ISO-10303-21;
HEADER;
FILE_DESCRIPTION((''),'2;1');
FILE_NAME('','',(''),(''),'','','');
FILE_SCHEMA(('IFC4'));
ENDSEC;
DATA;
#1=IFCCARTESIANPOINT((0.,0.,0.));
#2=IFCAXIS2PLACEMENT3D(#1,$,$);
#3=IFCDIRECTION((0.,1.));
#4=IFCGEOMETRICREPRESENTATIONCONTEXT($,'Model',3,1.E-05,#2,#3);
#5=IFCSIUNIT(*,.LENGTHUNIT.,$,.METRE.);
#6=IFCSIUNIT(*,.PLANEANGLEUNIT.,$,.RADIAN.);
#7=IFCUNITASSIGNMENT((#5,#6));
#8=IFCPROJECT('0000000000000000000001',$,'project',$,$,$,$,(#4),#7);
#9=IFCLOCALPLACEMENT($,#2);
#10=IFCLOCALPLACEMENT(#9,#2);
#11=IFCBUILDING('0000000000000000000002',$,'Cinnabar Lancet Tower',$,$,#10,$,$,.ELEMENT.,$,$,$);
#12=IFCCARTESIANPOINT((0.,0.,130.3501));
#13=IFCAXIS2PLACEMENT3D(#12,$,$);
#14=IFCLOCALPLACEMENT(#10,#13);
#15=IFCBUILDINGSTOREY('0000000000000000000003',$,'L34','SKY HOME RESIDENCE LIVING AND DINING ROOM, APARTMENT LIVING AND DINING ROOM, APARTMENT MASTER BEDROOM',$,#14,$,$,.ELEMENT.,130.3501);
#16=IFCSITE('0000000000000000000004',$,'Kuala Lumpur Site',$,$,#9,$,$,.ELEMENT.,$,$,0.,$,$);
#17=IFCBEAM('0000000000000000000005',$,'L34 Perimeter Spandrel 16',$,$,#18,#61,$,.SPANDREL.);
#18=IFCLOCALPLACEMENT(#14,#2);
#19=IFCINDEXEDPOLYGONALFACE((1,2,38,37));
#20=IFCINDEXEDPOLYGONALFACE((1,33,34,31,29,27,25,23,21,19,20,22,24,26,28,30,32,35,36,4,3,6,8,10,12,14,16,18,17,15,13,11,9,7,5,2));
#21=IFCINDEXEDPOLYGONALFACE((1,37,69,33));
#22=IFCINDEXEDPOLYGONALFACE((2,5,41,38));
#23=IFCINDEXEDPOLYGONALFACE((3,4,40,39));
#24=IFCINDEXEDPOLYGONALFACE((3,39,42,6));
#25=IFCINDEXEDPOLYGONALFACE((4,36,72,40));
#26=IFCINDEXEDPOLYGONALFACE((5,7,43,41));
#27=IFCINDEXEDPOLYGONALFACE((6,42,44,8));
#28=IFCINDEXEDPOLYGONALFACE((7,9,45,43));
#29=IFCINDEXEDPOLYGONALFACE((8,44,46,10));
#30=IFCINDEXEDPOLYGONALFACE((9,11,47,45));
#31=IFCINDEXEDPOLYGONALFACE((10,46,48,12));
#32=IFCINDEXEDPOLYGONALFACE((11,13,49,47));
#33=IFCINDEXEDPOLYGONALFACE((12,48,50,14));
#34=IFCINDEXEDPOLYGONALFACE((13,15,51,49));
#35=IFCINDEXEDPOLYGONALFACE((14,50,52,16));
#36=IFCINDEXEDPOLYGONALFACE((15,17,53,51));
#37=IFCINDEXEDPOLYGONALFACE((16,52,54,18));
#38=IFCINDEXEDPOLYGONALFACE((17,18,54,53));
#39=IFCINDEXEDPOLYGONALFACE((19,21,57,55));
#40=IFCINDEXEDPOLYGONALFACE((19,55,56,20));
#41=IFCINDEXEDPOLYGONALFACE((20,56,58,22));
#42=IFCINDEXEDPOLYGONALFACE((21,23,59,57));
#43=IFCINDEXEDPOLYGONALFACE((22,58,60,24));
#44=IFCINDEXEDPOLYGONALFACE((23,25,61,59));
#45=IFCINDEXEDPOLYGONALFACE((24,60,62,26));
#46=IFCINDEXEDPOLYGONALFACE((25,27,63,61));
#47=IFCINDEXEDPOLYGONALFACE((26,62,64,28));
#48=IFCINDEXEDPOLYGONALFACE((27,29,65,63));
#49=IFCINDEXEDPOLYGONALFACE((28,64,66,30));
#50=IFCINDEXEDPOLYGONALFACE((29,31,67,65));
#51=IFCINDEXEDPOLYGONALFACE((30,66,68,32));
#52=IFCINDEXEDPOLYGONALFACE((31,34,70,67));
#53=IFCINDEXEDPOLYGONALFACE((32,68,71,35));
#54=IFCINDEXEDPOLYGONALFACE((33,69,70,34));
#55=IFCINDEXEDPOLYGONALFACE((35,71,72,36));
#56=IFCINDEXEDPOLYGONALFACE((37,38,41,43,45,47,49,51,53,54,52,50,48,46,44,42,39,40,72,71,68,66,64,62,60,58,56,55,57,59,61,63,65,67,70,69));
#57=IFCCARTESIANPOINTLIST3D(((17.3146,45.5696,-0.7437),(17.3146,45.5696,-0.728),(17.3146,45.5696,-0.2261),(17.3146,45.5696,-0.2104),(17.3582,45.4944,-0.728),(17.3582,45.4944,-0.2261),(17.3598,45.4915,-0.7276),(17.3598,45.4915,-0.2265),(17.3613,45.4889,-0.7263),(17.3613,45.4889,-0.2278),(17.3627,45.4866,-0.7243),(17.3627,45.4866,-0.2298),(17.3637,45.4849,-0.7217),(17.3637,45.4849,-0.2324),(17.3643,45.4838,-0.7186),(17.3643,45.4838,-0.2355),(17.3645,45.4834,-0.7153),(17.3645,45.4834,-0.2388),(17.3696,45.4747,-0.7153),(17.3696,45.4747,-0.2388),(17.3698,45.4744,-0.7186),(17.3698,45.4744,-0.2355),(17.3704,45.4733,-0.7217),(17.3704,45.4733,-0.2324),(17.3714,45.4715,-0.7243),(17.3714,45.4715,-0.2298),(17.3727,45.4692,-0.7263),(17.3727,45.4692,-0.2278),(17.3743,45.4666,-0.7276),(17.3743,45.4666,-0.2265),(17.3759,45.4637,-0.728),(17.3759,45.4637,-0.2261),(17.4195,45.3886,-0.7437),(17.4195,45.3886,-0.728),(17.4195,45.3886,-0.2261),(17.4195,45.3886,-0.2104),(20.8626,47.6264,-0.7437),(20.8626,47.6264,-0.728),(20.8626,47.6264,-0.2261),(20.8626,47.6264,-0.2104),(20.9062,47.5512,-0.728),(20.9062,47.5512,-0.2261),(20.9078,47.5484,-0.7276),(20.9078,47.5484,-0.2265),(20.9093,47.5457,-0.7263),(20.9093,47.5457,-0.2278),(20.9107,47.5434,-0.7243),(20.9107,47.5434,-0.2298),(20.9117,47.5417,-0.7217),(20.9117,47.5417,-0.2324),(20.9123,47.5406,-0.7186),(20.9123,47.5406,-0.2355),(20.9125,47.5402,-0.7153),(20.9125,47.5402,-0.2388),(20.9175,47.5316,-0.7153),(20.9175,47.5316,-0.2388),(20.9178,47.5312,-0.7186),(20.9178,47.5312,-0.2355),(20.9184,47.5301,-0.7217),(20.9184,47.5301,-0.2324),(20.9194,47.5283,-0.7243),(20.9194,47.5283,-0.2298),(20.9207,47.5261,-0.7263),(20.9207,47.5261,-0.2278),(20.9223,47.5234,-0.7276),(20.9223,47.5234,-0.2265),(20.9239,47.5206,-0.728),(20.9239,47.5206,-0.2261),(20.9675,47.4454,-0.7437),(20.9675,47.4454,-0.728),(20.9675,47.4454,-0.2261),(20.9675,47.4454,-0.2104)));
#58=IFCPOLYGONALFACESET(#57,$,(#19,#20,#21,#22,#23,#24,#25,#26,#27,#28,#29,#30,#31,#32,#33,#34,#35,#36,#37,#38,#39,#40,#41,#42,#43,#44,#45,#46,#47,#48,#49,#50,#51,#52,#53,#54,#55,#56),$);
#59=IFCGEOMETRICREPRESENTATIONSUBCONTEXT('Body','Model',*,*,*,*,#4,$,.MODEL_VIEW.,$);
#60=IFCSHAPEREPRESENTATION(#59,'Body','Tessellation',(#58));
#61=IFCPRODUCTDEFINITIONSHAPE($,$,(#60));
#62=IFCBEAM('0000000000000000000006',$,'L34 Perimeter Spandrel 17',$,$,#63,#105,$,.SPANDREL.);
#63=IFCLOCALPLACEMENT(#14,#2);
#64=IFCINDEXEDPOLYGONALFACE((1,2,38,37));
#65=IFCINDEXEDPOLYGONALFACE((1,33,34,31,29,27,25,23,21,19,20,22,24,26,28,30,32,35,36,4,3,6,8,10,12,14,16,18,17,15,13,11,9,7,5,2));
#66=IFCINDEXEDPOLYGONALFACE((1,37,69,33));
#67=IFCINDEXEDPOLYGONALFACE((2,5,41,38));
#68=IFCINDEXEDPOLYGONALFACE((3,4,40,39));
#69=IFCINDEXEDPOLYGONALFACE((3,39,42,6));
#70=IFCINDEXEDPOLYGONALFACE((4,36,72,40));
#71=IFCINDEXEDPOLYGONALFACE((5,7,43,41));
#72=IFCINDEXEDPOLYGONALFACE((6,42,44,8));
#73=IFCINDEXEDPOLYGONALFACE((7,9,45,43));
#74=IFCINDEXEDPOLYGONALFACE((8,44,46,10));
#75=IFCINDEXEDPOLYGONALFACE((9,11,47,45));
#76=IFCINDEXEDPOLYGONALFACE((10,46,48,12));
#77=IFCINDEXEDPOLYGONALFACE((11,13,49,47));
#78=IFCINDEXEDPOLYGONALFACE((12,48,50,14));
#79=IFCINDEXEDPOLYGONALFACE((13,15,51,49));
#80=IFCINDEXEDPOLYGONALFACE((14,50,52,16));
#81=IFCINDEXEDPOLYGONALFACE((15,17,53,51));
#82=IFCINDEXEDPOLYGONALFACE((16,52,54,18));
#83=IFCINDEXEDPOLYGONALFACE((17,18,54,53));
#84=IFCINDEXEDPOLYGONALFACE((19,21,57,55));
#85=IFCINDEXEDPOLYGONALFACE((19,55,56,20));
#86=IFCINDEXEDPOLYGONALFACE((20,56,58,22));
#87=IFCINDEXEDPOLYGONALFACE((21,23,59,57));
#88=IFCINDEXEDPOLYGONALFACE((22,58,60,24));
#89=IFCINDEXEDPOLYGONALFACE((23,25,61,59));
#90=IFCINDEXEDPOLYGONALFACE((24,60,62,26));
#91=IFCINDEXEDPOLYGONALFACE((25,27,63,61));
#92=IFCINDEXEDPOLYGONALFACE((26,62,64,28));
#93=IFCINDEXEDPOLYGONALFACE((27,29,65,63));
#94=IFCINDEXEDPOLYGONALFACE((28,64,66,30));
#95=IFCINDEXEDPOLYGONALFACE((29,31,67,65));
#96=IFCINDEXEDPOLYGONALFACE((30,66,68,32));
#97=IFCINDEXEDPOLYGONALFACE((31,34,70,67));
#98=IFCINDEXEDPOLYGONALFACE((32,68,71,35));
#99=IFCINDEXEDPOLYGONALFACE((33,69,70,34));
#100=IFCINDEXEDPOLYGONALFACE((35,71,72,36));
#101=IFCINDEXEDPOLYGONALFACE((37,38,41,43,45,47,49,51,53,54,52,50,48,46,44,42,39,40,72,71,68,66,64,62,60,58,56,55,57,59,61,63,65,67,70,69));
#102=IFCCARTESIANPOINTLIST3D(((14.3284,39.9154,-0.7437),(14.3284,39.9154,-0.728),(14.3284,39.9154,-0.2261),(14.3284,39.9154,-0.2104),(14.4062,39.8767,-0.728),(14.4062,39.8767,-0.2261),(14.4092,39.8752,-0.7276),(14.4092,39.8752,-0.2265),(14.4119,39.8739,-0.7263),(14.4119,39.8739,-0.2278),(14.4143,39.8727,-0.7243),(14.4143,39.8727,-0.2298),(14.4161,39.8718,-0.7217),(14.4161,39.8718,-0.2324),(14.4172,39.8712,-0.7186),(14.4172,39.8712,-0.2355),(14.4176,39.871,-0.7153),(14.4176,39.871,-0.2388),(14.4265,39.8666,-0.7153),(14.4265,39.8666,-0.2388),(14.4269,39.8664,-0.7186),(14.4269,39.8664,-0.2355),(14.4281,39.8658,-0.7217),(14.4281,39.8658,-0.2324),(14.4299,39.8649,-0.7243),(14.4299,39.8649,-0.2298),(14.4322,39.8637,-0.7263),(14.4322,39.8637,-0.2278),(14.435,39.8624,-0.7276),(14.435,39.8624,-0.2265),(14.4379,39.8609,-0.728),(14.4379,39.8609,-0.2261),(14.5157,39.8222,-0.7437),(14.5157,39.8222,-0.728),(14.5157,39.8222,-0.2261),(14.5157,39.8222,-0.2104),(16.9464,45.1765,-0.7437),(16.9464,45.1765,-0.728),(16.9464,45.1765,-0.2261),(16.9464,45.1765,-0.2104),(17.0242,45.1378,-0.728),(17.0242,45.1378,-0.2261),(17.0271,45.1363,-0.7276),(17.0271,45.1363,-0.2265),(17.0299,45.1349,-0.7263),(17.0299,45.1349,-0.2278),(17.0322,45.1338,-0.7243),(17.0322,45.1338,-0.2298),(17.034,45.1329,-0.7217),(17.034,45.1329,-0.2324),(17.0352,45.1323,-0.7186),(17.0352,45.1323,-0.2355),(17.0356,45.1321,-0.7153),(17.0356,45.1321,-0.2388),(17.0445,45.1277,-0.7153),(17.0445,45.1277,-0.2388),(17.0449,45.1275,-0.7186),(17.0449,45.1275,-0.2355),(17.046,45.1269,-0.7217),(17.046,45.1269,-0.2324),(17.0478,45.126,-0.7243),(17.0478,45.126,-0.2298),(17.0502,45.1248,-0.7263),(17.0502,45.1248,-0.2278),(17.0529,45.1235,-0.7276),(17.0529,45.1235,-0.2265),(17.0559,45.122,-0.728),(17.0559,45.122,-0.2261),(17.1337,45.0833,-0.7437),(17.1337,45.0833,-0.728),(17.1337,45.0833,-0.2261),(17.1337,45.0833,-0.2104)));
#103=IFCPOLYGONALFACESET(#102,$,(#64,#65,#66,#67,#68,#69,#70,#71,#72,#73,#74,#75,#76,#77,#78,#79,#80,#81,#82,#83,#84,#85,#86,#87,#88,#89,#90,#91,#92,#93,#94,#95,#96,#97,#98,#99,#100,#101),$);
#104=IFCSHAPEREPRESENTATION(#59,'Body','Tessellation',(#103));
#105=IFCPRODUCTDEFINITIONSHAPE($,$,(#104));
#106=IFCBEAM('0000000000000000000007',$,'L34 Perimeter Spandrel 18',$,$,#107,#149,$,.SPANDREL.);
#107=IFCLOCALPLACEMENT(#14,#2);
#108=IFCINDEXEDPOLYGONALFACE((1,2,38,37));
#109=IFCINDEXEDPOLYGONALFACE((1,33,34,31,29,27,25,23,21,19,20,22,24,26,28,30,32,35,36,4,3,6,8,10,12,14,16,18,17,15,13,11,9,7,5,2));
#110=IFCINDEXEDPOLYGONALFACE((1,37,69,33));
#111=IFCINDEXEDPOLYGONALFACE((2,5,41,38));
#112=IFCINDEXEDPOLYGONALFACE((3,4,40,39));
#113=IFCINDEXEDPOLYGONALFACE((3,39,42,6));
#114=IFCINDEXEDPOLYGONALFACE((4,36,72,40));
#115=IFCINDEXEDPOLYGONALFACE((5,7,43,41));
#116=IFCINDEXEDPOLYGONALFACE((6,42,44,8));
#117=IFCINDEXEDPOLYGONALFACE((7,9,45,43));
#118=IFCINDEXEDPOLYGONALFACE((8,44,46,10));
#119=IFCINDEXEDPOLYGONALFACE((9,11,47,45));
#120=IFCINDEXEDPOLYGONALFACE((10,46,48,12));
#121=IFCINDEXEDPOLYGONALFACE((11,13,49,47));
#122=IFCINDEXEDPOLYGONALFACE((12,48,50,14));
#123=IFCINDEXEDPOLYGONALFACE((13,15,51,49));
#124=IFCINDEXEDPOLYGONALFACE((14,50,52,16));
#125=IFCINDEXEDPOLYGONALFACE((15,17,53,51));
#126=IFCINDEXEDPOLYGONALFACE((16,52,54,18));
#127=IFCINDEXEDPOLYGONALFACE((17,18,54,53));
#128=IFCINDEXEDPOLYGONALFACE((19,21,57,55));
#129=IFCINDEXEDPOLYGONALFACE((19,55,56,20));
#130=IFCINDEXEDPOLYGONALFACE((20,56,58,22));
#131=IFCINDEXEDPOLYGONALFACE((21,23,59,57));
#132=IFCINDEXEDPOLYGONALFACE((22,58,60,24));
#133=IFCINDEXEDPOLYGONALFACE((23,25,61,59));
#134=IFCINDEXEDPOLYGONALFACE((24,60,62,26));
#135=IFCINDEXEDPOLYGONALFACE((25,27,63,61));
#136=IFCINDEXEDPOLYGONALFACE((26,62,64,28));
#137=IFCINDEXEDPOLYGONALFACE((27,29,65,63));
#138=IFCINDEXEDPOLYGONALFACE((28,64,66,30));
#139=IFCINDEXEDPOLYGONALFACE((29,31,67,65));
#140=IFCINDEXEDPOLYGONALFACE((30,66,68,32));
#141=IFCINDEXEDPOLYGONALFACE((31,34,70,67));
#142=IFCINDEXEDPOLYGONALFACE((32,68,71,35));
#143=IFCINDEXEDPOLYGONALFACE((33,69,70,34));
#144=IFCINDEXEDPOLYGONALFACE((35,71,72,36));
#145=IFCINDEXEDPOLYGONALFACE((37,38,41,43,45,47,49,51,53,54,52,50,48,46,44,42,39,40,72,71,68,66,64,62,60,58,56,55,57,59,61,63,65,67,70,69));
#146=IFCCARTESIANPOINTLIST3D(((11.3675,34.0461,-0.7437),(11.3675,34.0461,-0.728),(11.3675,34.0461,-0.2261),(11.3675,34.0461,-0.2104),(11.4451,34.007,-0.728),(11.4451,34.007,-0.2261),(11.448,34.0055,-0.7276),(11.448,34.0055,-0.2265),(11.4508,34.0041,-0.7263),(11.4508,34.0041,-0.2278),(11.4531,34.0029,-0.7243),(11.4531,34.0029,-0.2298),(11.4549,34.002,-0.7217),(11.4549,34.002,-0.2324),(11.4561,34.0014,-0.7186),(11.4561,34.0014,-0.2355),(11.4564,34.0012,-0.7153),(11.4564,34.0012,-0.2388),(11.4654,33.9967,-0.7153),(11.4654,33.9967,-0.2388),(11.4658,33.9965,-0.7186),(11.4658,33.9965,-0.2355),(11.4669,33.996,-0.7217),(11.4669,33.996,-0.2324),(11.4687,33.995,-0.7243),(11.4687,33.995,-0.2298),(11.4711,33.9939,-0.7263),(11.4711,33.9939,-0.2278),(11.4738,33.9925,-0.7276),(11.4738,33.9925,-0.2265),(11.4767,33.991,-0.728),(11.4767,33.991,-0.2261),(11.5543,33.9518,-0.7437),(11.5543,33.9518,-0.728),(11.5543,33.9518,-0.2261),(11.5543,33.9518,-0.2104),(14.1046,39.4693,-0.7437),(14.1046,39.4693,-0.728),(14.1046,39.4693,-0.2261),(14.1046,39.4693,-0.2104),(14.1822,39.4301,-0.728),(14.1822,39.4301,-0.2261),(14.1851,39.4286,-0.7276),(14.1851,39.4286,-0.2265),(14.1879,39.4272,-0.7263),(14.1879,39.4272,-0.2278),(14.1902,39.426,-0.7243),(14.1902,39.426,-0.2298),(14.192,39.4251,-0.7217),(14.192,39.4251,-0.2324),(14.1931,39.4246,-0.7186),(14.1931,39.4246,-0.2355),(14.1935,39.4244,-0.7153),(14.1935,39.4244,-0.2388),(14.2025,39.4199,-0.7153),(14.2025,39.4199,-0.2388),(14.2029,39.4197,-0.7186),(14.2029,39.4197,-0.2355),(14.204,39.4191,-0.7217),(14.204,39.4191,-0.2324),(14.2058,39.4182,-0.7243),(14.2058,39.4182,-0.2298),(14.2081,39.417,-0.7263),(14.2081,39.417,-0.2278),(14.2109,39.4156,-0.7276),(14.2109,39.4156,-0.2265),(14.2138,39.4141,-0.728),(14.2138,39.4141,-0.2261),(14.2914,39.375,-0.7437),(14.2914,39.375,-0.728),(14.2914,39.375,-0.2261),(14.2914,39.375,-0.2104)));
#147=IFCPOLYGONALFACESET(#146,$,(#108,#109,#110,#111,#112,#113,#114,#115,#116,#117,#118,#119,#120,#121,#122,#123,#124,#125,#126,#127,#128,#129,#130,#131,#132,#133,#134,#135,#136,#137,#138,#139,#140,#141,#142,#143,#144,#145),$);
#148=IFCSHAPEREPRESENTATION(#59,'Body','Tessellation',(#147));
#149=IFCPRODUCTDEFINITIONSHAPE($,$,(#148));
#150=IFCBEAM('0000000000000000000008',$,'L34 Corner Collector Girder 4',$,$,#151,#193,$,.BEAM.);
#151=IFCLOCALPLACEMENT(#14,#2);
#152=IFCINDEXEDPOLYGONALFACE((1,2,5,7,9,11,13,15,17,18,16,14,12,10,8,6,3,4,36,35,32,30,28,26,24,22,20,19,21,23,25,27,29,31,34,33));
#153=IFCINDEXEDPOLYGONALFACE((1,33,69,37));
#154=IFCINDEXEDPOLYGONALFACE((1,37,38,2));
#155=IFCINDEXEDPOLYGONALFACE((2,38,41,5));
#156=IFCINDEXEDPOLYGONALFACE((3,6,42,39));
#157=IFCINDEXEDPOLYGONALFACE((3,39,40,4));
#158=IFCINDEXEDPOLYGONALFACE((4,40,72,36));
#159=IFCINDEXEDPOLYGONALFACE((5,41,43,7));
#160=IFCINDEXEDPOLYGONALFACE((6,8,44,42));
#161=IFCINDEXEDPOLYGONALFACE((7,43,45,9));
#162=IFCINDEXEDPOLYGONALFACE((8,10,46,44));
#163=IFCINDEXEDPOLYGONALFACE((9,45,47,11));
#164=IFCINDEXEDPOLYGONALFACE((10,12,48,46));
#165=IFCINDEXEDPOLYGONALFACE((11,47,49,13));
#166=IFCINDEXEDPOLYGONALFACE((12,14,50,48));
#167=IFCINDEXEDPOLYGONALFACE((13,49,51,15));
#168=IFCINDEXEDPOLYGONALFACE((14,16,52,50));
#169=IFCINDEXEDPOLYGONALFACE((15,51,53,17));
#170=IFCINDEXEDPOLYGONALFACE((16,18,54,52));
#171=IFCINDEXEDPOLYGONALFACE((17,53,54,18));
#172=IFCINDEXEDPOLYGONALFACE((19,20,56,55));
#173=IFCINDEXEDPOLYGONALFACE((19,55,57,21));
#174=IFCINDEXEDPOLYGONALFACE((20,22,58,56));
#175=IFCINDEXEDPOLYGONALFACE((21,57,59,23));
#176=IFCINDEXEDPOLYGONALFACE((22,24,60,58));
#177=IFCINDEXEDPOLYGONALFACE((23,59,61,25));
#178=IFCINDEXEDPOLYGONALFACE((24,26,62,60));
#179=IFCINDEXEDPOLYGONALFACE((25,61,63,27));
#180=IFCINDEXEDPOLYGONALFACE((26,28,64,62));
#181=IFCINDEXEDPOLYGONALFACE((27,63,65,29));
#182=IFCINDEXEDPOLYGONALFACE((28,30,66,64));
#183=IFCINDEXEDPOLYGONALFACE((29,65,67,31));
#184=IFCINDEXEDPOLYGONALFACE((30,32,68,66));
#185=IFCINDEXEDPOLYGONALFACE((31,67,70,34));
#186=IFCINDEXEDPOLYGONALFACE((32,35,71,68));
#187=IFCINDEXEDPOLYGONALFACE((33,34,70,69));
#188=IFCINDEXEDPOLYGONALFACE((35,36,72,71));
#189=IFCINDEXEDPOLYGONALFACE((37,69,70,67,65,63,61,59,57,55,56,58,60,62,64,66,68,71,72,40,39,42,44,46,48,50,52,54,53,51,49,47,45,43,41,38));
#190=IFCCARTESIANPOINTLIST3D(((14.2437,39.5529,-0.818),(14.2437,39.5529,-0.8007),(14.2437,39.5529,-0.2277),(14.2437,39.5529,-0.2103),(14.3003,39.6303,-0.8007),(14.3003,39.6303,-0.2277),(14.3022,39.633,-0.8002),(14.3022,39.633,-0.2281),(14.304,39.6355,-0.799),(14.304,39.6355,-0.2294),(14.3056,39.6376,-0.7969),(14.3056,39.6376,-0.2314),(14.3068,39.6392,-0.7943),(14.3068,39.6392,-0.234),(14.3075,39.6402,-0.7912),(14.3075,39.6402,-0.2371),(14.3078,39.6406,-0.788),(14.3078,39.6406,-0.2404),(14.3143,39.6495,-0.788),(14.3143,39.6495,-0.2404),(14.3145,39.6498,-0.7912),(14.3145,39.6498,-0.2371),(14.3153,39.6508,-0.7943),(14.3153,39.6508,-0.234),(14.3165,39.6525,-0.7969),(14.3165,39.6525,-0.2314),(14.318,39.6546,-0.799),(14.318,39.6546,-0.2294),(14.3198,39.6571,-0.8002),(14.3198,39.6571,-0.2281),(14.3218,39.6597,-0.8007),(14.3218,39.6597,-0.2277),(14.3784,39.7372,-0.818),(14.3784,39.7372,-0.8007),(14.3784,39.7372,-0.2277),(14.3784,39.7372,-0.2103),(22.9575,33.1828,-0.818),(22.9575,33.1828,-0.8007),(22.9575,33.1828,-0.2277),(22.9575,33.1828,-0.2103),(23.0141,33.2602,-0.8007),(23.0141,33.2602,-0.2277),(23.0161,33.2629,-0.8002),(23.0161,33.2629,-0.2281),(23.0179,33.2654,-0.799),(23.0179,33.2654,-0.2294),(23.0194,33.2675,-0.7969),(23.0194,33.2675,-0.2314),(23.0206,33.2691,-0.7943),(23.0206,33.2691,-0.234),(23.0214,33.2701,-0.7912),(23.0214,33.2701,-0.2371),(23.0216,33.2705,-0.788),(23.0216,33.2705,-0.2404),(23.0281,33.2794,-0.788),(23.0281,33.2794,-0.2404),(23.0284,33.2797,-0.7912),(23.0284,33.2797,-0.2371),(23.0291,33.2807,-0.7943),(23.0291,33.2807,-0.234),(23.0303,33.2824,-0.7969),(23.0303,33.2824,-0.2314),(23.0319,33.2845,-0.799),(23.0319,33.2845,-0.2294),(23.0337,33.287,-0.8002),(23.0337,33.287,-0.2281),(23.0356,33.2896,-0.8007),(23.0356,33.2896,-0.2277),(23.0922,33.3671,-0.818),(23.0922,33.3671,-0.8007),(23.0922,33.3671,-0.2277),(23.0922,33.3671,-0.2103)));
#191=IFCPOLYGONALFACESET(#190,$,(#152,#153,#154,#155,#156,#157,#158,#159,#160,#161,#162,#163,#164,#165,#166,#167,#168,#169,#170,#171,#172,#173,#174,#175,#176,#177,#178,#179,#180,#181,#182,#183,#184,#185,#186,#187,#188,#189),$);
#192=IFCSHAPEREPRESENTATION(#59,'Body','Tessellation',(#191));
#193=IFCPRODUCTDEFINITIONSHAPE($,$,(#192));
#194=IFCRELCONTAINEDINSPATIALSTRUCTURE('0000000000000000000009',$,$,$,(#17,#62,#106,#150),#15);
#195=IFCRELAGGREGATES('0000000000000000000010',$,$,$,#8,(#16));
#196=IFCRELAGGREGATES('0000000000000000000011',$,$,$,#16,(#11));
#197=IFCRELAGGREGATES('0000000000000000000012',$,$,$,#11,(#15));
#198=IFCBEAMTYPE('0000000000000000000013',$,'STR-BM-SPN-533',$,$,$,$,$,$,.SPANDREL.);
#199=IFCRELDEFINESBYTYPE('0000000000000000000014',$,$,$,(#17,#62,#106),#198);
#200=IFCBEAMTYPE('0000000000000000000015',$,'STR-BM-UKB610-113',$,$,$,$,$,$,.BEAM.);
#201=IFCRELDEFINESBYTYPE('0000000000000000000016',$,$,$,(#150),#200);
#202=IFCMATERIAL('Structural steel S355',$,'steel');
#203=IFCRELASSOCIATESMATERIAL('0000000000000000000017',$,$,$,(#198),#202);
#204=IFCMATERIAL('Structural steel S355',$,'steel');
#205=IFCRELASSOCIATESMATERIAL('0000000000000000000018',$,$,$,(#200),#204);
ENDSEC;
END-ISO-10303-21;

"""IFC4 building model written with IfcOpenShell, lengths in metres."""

from ifc_helpers import new_model, si_unit, direction, frame, origin, origin_2d, place, context, subcontext, project, spatial, i_section, extrude, material, material_profile, profile_set, type_object, element, save


model = new_model("IFC4")

# Units and contexts
model_context = context("Model", 3, precision=1e-05, world=origin(), true_north=direction((0.0, 1.0)))
body_context = subcontext(model_context, "Body", "Model", "MODEL_VIEW")
ifc_project = project(units=[si_unit("LENGTHUNIT", "METRE"), si_unit("PLANEANGLEUNIT", "RADIAN")], contexts=[model_context])

# Site, building, storey
site_placement = place(None, origin())
site = spatial("IfcSite", under=ifc_project, at=site_placement, Name="Kuala Lumpur Site", CompositionType="ELEMENT", RefElevation=0.0)
building_placement = place(site_placement, origin())
building = spatial("IfcBuilding", under=site, at=building_placement, Name="Cinnabar Lancet Tower", CompositionType="ELEMENT")
storey_placement = place(building_placement, frame((0.0, 0.0, 130.3501)))
storey = spatial("IfcBuildingStorey", under=building, at=storey_placement, Name="L34", Description="SKY HOME RESIDENCE LIVING AND DINING ROOM, APARTMENT LIVING AND DINING ROOM, APARTMENT MASTER BEDROOM", CompositionType="ELEMENT", Elevation=130.3501)

# Beams
ifc_material_1 = material(Name="Structural steel S355", Category="steel")
ifc_material_profile_1 = material_profile(ifc_material_1, i_section(OverallWidth=0.2092, OverallDepth=0.5332, WebThickness=0.01, FlangeThickness=0.0156, FilletRadius=0.0127, at=origin_2d()), Name="UKB 533x210x92")
ifc_profile_set_1 = profile_set([ifc_material_profile_1], Name="Structural steel S355")
beam_type_1 = type_object("IfcBeamType", Name="STR-BM-SPN-533", PredefinedType="SPANDREL", material=ifc_profile_set_1)
beam_1_placement = place(storey_placement, frame((20.915, 47.5359, -0.4771), z_axis=(-0.865138, -0.501534, 0.0), x_axis=(0.501534, -0.865138, 0.0)))
element("IfcBeam", 1, at=beam_1_placement, inside=storey, type_object=beam_type_1, Name="L34 Perimeter Spandrel 16", PredefinedType="SPANDREL", context=body_context, shape_type="SweptSolid", body=[
    extrude(i_section(OverallWidth=0.2092, OverallDepth=0.5332, WebThickness=0.01, FlangeThickness=0.0156, FilletRadius=0.0127, at=origin_2d()), origin(), (0.0, 0.0, 1.0), 4.1011),
])
beam_2_placement = place(storey_placement, frame((17.04, 45.1299, -0.4771), z_axis=(-0.445501, -0.895281, 0.0), x_axis=(0.895281, -0.445501, 0.0)))
element("IfcBeam", 2, at=beam_2_placement, inside=storey, type_object=beam_type_1, Name="L34 Perimeter Spandrel 17", PredefinedType="SPANDREL", context=body_context, shape_type="SweptSolid", body=[
    extrude(i_section(OverallWidth=0.2092, OverallDepth=0.5332, WebThickness=0.01, FlangeThickness=0.0156, FilletRadius=0.0127, at=origin_2d()), origin(), (0.0, 0.0, 1.0), 5.8765),
])
beam_3_placement = place(storey_placement, frame((14.198, 39.4221, -0.4771), z_axis=(-0.45057, -0.892741, 0.0), x_axis=(0.892741, -0.45057, 0.0)))
element("IfcBeam", 3, at=beam_3_placement, inside=storey, type_object=beam_type_1, Name="L34 Perimeter Spandrel 18", PredefinedType="SPANDREL", context=body_context, shape_type="SweptSolid", body=[
    extrude(i_section(OverallWidth=0.2092, OverallDepth=0.5332, WebThickness=0.01, FlangeThickness=0.0156, FilletRadius=0.0127, at=origin_2d()), origin(), (0.0, 0.0, 1.0), 6.0747),
])
ifc_material_2 = material(Name="Structural steel S355", Category="steel")
ifc_material_profile_2 = material_profile(ifc_material_2, i_section(OverallWidth=0.2283, OverallDepth=0.6077, WebThickness=0.011, FlangeThickness=0.0173, FilletRadius=0.0127, at=origin_2d()), Name="UKB 610x229x113")
ifc_profile_set_2 = profile_set([ifc_material_profile_2], Name="Structural steel S355")
beam_type_2 = type_object("IfcBeamType", Name="STR-BM-UKB610-113", PredefinedType="BEAM", material=ifc_profile_set_2)
beam_4_placement = place(storey_placement, frame((14.311, 39.645, -0.5142), z_axis=(0.80729, -0.590155, 0.0), x_axis=(0.590155, 0.80729, 0.0)))
element("IfcBeam", 4, at=beam_4_placement, inside=storey, type_object=beam_type_2, Name="L34 Corner Collector Girder 4", PredefinedType="BEAM", context=body_context, shape_type="SweptSolid", body=[
    extrude(i_section(OverallWidth=0.2283, OverallDepth=0.6077, WebThickness=0.011, FlangeThickness=0.0173, FilletRadius=0.0127, at=origin_2d()), origin(), (0.0, 0.0, 1.0), 10.7939),
])

save(model, "model.ifc")
